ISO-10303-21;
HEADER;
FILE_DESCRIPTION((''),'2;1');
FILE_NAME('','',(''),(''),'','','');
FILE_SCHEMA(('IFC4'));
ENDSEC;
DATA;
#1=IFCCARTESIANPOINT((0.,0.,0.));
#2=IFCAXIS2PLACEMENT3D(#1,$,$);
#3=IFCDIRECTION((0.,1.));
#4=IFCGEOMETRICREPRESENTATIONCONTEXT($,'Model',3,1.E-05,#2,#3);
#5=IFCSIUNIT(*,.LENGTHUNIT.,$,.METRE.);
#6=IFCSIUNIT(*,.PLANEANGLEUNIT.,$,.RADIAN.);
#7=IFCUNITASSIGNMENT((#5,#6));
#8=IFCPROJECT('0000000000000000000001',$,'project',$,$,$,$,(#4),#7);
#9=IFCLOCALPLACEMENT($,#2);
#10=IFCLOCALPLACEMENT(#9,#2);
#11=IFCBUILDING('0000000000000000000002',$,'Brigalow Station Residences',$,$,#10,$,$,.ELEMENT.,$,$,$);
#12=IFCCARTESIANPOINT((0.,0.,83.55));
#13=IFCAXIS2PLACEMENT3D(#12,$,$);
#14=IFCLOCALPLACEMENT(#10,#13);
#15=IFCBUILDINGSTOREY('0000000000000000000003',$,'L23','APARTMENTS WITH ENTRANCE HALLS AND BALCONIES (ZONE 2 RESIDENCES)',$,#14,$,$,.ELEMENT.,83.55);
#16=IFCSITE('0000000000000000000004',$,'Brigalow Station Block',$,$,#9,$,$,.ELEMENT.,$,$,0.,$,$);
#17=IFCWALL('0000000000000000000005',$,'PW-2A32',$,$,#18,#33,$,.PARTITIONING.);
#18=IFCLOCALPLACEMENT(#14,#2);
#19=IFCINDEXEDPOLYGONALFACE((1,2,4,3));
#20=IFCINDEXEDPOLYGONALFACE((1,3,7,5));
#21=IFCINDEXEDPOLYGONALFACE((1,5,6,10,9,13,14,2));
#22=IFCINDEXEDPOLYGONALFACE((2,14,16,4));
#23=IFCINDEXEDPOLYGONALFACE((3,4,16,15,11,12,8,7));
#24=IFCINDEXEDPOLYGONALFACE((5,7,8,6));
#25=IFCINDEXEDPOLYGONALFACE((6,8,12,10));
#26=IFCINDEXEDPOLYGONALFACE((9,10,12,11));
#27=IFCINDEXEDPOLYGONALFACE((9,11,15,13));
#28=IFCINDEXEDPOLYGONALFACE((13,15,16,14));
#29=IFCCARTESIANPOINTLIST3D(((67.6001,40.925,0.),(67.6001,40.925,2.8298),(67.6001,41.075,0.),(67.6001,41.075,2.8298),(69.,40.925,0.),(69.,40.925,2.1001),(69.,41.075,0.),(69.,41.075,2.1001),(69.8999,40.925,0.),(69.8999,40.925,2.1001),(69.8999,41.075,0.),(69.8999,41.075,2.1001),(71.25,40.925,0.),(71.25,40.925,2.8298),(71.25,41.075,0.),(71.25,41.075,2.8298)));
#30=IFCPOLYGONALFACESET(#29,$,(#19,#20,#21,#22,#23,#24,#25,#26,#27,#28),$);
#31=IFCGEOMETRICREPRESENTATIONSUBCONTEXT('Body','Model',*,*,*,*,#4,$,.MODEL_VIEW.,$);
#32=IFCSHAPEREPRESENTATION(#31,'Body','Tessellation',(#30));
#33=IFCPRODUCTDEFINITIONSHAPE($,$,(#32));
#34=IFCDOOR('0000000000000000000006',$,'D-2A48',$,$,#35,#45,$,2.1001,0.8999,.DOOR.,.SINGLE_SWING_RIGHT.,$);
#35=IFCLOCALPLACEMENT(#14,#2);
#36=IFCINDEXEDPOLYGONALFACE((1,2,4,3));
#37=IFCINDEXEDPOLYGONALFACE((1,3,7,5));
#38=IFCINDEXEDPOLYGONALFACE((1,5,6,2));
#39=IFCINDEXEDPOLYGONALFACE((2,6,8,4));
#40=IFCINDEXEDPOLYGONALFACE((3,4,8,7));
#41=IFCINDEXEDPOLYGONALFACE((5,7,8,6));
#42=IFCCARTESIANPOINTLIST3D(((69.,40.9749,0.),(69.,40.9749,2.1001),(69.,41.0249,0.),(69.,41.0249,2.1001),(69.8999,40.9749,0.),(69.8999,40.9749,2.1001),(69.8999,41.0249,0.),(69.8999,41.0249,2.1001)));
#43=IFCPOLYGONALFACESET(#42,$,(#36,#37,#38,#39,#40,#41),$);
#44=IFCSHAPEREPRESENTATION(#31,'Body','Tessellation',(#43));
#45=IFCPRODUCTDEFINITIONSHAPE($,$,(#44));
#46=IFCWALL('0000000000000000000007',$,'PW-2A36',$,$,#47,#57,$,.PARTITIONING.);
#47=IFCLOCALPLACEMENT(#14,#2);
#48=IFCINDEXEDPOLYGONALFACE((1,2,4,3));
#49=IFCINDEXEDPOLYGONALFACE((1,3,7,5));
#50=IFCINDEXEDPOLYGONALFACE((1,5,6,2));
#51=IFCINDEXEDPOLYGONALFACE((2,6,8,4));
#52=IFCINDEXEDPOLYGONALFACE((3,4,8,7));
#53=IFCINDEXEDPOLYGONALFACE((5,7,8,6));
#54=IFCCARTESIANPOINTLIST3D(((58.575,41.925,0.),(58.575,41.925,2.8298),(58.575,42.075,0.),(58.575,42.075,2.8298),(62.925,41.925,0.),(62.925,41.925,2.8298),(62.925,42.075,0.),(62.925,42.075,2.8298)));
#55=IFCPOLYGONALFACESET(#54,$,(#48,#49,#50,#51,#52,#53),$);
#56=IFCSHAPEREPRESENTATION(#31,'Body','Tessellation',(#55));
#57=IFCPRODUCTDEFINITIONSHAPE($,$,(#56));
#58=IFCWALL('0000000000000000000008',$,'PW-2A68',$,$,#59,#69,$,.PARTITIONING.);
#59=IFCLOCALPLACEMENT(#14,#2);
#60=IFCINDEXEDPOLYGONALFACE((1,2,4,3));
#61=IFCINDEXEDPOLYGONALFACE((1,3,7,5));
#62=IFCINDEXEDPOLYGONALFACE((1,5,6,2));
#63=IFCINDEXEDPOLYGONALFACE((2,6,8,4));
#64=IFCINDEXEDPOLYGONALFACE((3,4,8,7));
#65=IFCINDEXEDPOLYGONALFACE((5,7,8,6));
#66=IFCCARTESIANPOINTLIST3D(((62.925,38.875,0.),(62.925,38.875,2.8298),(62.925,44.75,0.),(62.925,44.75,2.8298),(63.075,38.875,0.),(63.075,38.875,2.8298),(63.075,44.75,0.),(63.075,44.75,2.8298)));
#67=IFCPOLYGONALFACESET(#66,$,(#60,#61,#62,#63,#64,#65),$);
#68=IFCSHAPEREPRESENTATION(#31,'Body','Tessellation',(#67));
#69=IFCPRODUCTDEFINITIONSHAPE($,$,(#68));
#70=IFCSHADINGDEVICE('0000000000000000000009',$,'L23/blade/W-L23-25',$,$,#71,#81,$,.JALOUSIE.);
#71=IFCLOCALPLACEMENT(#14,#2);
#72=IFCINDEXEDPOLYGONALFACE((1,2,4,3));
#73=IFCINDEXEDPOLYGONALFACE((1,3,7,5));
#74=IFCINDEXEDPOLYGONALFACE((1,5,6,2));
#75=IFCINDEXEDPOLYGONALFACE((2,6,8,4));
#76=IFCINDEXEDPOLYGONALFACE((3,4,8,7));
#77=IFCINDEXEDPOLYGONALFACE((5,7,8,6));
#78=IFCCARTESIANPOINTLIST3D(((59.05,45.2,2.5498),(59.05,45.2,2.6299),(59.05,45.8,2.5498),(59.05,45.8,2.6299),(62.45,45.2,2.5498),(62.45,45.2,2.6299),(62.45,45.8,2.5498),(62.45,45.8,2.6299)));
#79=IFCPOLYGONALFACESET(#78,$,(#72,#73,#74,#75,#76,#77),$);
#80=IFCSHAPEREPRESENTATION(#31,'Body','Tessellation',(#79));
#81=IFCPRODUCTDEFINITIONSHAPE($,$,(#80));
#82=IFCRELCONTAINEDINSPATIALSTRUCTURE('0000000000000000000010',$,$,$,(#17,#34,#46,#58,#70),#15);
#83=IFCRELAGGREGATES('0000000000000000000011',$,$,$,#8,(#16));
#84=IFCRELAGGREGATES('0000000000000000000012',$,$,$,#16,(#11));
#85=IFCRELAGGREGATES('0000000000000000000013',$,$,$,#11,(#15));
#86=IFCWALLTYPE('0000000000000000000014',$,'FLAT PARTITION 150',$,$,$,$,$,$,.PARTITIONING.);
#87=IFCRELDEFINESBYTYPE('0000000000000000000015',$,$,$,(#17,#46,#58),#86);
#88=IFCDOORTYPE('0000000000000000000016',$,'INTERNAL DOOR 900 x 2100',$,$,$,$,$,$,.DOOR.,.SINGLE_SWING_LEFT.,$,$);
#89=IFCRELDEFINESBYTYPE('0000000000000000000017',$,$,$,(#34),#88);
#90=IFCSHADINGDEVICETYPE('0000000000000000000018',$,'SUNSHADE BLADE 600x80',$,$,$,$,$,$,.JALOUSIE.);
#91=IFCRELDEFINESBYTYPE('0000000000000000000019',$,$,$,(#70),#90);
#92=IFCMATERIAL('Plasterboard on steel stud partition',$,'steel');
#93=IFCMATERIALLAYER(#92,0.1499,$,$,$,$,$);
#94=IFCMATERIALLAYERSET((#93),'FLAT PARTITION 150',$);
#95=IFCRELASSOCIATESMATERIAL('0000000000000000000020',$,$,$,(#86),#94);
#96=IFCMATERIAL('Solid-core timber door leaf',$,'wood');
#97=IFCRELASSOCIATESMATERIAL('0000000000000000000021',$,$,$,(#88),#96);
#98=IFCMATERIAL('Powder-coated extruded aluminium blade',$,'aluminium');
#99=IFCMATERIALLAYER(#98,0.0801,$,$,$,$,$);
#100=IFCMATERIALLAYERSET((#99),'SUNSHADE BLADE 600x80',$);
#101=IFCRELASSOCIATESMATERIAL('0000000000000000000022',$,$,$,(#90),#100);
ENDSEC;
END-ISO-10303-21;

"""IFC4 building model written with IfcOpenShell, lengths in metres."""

from ifc_helpers import new_model, si_unit, direction, frame, frame_2d, origin, origin_2d, place, context, subcontext, project, spatial, rectangle, extrude, material, layer, layer_set, type_object, element, fill, save


model = new_model("IFC4")

# Units and contexts
model_context = context("Model", 3, precision=1e-05, world=origin(), true_north=direction((0.0, 1.0)))
body_context = subcontext(model_context, "Body", "Model", "MODEL_VIEW")
ifc_project = project(units=[si_unit("LENGTHUNIT", "METRE"), si_unit("PLANEANGLEUNIT", "RADIAN")], contexts=[model_context])

# Site, building, storey
site_placement = place(None, origin())
site = spatial("IfcSite", under=ifc_project, at=site_placement, Name="Brigalow Station Block", CompositionType="ELEMENT", RefElevation=0.0)
building_placement = place(site_placement, origin())
building = spatial("IfcBuilding", under=site, at=building_placement, Name="Brigalow Station Residences", CompositionType="ELEMENT")
storey_placement = place(building_placement, frame((0.0, 0.0, 83.55)))
storey = spatial("IfcBuildingStorey", under=building, at=storey_placement, Name="L23", Description="APARTMENTS WITH ENTRANCE HALLS AND BALCONIES (ZONE 2 RESIDENCES)", CompositionType="ELEMENT", Elevation=83.55)

# Wall, opening, door
ifc_material_1 = material(Name="Plasterboard on steel stud partition", Category="steel")
ifc_layer_1 = layer(ifc_material_1, 0.1499)
ifc_layer_set_1 = layer_set([ifc_layer_1], Name="FLAT PARTITION 150")
wall_type_1 = type_object("IfcWallType", Name="FLAT PARTITION 150", PredefinedType="PARTITIONING", material=ifc_layer_set_1)
wall_1_placement = place(storey_placement, frame((67.6001, 41.0, 0.0), z_axis=(0.0, 0.0, 1.0), x_axis=(1.0, 0.0, 0.0)))
wall_1 = element("IfcWall", 1, at=wall_1_placement, inside=storey, type_object=wall_type_1, Name="PW-2A32", PredefinedType="PARTITIONING", context=body_context, shape_type="SweptSolid", body=[
    extrude(rectangle(XDim=3.6499, YDim=0.1499, at=frame_2d((1.825, 0.0))), origin(), (0.0, 0.0, 1.0), 2.8298),
])
opening_1_placement = place(wall_1_placement, frame((1.3999, 0.0, 0.0)))
opening_1 = element("IfcOpeningElement", 2, at=opening_1_placement, cuts=wall_1, PredefinedType="OPENING", context=body_context, shape_type="SweptSolid", body=[
    extrude(rectangle(XDim=0.8999, YDim=2.1001, at=frame_2d((0.45, 1.05))), frame((0.0, 0.085, 0.0), z_axis=(0.0, -1.0, 0.0), x_axis=(1.0, 0.0, 0.0)), (0.0, 0.0, 1.0), 0.1699),
])
ifc_material_2 = material(Name="Solid-core timber door leaf", Category="wood")
door_type_1 = type_object("IfcDoorType", Name="INTERNAL DOOR 900 x 2100", OperationType="SINGLE_SWING_LEFT", PredefinedType="DOOR", material=ifc_material_2)
door_1_placement = place(opening_1_placement, origin())
door_1 = element("IfcDoor", 3, at=door_1_placement, inside=storey, type_object=door_type_1, Name="D-2A48", OperationType="SINGLE_SWING_RIGHT", OverallHeight=2.1001, OverallWidth=0.8999, PredefinedType="DOOR", context=body_context, shape_type="SweptSolid", body=[
    extrude(rectangle(XDim=0.8999, YDim=2.1001, at=frame_2d((0.45, 1.05))), frame((0.0, 0.0249, 0.0), z_axis=(0.0, -1.0, 0.0), x_axis=(1.0, 0.0, 0.0)), (0.0, 0.0, 1.0), 0.05),
])
fill(opening_1, door_1)

# Walls
wall_2_placement = place(storey_placement, frame((58.575, 42.0, 0.0), z_axis=(0.0, 0.0, 1.0), x_axis=(1.0, 0.0, 0.0)))
element("IfcWall", 4, at=wall_2_placement, inside=storey, type_object=wall_type_1, Name="PW-2A36", PredefinedType="PARTITIONING", context=body_context, shape_type="SweptSolid", body=[
    extrude(rectangle(XDim=4.3501, YDim=0.1499, at=frame_2d((2.175, 0.0))), origin(), (0.0, 0.0, 1.0), 2.8298),
])
wall_3_placement = place(storey_placement, frame((63.0, 38.875, 0.0), z_axis=(0.0, 0.0, 1.0), x_axis=(0.0, 1.0, 0.0)))
element("IfcWall", 5, at=wall_3_placement, inside=storey, type_object=wall_type_1, Name="PW-2A68", PredefinedType="PARTITIONING", context=body_context, shape_type="SweptSolid", body=[
    extrude(rectangle(XDim=5.875, YDim=0.1499, at=frame_2d((2.9375, 0.0))), origin(), (0.0, 0.0, 1.0), 2.8298),
])

# Shading device
ifc_material_3 = material(Name="Powder-coated extruded aluminium blade", Category="aluminium")
ifc_layer_2 = layer(ifc_material_3, 0.0801)
ifc_layer_set_2 = layer_set([ifc_layer_2], Name="SUNSHADE BLADE 600x80")
shading_device_type = type_object("IfcShadingDeviceType", Name="SUNSHADE BLADE 600x80", PredefinedType="JALOUSIE", material=ifc_layer_set_2)
shading_device_placement = place(storey_placement, frame((60.75, 45.5, 2.5498), z_axis=(0.0, 0.0, 1.0), x_axis=(-1.0, 0.0, 0.0)))
element("IfcShadingDevice", 6, at=shading_device_placement, inside=storey, type_object=shading_device_type, Name="L23/blade/W-L23-25", PredefinedType="JALOUSIE", context=body_context, shape_type="SweptSolid", body=[
    extrude(rectangle(XDim=3.3999, YDim=0.6001, at=origin_2d()), origin(), (0.0, 0.0, 1.0), 0.0801),
])

save(model, "model.ifc")
